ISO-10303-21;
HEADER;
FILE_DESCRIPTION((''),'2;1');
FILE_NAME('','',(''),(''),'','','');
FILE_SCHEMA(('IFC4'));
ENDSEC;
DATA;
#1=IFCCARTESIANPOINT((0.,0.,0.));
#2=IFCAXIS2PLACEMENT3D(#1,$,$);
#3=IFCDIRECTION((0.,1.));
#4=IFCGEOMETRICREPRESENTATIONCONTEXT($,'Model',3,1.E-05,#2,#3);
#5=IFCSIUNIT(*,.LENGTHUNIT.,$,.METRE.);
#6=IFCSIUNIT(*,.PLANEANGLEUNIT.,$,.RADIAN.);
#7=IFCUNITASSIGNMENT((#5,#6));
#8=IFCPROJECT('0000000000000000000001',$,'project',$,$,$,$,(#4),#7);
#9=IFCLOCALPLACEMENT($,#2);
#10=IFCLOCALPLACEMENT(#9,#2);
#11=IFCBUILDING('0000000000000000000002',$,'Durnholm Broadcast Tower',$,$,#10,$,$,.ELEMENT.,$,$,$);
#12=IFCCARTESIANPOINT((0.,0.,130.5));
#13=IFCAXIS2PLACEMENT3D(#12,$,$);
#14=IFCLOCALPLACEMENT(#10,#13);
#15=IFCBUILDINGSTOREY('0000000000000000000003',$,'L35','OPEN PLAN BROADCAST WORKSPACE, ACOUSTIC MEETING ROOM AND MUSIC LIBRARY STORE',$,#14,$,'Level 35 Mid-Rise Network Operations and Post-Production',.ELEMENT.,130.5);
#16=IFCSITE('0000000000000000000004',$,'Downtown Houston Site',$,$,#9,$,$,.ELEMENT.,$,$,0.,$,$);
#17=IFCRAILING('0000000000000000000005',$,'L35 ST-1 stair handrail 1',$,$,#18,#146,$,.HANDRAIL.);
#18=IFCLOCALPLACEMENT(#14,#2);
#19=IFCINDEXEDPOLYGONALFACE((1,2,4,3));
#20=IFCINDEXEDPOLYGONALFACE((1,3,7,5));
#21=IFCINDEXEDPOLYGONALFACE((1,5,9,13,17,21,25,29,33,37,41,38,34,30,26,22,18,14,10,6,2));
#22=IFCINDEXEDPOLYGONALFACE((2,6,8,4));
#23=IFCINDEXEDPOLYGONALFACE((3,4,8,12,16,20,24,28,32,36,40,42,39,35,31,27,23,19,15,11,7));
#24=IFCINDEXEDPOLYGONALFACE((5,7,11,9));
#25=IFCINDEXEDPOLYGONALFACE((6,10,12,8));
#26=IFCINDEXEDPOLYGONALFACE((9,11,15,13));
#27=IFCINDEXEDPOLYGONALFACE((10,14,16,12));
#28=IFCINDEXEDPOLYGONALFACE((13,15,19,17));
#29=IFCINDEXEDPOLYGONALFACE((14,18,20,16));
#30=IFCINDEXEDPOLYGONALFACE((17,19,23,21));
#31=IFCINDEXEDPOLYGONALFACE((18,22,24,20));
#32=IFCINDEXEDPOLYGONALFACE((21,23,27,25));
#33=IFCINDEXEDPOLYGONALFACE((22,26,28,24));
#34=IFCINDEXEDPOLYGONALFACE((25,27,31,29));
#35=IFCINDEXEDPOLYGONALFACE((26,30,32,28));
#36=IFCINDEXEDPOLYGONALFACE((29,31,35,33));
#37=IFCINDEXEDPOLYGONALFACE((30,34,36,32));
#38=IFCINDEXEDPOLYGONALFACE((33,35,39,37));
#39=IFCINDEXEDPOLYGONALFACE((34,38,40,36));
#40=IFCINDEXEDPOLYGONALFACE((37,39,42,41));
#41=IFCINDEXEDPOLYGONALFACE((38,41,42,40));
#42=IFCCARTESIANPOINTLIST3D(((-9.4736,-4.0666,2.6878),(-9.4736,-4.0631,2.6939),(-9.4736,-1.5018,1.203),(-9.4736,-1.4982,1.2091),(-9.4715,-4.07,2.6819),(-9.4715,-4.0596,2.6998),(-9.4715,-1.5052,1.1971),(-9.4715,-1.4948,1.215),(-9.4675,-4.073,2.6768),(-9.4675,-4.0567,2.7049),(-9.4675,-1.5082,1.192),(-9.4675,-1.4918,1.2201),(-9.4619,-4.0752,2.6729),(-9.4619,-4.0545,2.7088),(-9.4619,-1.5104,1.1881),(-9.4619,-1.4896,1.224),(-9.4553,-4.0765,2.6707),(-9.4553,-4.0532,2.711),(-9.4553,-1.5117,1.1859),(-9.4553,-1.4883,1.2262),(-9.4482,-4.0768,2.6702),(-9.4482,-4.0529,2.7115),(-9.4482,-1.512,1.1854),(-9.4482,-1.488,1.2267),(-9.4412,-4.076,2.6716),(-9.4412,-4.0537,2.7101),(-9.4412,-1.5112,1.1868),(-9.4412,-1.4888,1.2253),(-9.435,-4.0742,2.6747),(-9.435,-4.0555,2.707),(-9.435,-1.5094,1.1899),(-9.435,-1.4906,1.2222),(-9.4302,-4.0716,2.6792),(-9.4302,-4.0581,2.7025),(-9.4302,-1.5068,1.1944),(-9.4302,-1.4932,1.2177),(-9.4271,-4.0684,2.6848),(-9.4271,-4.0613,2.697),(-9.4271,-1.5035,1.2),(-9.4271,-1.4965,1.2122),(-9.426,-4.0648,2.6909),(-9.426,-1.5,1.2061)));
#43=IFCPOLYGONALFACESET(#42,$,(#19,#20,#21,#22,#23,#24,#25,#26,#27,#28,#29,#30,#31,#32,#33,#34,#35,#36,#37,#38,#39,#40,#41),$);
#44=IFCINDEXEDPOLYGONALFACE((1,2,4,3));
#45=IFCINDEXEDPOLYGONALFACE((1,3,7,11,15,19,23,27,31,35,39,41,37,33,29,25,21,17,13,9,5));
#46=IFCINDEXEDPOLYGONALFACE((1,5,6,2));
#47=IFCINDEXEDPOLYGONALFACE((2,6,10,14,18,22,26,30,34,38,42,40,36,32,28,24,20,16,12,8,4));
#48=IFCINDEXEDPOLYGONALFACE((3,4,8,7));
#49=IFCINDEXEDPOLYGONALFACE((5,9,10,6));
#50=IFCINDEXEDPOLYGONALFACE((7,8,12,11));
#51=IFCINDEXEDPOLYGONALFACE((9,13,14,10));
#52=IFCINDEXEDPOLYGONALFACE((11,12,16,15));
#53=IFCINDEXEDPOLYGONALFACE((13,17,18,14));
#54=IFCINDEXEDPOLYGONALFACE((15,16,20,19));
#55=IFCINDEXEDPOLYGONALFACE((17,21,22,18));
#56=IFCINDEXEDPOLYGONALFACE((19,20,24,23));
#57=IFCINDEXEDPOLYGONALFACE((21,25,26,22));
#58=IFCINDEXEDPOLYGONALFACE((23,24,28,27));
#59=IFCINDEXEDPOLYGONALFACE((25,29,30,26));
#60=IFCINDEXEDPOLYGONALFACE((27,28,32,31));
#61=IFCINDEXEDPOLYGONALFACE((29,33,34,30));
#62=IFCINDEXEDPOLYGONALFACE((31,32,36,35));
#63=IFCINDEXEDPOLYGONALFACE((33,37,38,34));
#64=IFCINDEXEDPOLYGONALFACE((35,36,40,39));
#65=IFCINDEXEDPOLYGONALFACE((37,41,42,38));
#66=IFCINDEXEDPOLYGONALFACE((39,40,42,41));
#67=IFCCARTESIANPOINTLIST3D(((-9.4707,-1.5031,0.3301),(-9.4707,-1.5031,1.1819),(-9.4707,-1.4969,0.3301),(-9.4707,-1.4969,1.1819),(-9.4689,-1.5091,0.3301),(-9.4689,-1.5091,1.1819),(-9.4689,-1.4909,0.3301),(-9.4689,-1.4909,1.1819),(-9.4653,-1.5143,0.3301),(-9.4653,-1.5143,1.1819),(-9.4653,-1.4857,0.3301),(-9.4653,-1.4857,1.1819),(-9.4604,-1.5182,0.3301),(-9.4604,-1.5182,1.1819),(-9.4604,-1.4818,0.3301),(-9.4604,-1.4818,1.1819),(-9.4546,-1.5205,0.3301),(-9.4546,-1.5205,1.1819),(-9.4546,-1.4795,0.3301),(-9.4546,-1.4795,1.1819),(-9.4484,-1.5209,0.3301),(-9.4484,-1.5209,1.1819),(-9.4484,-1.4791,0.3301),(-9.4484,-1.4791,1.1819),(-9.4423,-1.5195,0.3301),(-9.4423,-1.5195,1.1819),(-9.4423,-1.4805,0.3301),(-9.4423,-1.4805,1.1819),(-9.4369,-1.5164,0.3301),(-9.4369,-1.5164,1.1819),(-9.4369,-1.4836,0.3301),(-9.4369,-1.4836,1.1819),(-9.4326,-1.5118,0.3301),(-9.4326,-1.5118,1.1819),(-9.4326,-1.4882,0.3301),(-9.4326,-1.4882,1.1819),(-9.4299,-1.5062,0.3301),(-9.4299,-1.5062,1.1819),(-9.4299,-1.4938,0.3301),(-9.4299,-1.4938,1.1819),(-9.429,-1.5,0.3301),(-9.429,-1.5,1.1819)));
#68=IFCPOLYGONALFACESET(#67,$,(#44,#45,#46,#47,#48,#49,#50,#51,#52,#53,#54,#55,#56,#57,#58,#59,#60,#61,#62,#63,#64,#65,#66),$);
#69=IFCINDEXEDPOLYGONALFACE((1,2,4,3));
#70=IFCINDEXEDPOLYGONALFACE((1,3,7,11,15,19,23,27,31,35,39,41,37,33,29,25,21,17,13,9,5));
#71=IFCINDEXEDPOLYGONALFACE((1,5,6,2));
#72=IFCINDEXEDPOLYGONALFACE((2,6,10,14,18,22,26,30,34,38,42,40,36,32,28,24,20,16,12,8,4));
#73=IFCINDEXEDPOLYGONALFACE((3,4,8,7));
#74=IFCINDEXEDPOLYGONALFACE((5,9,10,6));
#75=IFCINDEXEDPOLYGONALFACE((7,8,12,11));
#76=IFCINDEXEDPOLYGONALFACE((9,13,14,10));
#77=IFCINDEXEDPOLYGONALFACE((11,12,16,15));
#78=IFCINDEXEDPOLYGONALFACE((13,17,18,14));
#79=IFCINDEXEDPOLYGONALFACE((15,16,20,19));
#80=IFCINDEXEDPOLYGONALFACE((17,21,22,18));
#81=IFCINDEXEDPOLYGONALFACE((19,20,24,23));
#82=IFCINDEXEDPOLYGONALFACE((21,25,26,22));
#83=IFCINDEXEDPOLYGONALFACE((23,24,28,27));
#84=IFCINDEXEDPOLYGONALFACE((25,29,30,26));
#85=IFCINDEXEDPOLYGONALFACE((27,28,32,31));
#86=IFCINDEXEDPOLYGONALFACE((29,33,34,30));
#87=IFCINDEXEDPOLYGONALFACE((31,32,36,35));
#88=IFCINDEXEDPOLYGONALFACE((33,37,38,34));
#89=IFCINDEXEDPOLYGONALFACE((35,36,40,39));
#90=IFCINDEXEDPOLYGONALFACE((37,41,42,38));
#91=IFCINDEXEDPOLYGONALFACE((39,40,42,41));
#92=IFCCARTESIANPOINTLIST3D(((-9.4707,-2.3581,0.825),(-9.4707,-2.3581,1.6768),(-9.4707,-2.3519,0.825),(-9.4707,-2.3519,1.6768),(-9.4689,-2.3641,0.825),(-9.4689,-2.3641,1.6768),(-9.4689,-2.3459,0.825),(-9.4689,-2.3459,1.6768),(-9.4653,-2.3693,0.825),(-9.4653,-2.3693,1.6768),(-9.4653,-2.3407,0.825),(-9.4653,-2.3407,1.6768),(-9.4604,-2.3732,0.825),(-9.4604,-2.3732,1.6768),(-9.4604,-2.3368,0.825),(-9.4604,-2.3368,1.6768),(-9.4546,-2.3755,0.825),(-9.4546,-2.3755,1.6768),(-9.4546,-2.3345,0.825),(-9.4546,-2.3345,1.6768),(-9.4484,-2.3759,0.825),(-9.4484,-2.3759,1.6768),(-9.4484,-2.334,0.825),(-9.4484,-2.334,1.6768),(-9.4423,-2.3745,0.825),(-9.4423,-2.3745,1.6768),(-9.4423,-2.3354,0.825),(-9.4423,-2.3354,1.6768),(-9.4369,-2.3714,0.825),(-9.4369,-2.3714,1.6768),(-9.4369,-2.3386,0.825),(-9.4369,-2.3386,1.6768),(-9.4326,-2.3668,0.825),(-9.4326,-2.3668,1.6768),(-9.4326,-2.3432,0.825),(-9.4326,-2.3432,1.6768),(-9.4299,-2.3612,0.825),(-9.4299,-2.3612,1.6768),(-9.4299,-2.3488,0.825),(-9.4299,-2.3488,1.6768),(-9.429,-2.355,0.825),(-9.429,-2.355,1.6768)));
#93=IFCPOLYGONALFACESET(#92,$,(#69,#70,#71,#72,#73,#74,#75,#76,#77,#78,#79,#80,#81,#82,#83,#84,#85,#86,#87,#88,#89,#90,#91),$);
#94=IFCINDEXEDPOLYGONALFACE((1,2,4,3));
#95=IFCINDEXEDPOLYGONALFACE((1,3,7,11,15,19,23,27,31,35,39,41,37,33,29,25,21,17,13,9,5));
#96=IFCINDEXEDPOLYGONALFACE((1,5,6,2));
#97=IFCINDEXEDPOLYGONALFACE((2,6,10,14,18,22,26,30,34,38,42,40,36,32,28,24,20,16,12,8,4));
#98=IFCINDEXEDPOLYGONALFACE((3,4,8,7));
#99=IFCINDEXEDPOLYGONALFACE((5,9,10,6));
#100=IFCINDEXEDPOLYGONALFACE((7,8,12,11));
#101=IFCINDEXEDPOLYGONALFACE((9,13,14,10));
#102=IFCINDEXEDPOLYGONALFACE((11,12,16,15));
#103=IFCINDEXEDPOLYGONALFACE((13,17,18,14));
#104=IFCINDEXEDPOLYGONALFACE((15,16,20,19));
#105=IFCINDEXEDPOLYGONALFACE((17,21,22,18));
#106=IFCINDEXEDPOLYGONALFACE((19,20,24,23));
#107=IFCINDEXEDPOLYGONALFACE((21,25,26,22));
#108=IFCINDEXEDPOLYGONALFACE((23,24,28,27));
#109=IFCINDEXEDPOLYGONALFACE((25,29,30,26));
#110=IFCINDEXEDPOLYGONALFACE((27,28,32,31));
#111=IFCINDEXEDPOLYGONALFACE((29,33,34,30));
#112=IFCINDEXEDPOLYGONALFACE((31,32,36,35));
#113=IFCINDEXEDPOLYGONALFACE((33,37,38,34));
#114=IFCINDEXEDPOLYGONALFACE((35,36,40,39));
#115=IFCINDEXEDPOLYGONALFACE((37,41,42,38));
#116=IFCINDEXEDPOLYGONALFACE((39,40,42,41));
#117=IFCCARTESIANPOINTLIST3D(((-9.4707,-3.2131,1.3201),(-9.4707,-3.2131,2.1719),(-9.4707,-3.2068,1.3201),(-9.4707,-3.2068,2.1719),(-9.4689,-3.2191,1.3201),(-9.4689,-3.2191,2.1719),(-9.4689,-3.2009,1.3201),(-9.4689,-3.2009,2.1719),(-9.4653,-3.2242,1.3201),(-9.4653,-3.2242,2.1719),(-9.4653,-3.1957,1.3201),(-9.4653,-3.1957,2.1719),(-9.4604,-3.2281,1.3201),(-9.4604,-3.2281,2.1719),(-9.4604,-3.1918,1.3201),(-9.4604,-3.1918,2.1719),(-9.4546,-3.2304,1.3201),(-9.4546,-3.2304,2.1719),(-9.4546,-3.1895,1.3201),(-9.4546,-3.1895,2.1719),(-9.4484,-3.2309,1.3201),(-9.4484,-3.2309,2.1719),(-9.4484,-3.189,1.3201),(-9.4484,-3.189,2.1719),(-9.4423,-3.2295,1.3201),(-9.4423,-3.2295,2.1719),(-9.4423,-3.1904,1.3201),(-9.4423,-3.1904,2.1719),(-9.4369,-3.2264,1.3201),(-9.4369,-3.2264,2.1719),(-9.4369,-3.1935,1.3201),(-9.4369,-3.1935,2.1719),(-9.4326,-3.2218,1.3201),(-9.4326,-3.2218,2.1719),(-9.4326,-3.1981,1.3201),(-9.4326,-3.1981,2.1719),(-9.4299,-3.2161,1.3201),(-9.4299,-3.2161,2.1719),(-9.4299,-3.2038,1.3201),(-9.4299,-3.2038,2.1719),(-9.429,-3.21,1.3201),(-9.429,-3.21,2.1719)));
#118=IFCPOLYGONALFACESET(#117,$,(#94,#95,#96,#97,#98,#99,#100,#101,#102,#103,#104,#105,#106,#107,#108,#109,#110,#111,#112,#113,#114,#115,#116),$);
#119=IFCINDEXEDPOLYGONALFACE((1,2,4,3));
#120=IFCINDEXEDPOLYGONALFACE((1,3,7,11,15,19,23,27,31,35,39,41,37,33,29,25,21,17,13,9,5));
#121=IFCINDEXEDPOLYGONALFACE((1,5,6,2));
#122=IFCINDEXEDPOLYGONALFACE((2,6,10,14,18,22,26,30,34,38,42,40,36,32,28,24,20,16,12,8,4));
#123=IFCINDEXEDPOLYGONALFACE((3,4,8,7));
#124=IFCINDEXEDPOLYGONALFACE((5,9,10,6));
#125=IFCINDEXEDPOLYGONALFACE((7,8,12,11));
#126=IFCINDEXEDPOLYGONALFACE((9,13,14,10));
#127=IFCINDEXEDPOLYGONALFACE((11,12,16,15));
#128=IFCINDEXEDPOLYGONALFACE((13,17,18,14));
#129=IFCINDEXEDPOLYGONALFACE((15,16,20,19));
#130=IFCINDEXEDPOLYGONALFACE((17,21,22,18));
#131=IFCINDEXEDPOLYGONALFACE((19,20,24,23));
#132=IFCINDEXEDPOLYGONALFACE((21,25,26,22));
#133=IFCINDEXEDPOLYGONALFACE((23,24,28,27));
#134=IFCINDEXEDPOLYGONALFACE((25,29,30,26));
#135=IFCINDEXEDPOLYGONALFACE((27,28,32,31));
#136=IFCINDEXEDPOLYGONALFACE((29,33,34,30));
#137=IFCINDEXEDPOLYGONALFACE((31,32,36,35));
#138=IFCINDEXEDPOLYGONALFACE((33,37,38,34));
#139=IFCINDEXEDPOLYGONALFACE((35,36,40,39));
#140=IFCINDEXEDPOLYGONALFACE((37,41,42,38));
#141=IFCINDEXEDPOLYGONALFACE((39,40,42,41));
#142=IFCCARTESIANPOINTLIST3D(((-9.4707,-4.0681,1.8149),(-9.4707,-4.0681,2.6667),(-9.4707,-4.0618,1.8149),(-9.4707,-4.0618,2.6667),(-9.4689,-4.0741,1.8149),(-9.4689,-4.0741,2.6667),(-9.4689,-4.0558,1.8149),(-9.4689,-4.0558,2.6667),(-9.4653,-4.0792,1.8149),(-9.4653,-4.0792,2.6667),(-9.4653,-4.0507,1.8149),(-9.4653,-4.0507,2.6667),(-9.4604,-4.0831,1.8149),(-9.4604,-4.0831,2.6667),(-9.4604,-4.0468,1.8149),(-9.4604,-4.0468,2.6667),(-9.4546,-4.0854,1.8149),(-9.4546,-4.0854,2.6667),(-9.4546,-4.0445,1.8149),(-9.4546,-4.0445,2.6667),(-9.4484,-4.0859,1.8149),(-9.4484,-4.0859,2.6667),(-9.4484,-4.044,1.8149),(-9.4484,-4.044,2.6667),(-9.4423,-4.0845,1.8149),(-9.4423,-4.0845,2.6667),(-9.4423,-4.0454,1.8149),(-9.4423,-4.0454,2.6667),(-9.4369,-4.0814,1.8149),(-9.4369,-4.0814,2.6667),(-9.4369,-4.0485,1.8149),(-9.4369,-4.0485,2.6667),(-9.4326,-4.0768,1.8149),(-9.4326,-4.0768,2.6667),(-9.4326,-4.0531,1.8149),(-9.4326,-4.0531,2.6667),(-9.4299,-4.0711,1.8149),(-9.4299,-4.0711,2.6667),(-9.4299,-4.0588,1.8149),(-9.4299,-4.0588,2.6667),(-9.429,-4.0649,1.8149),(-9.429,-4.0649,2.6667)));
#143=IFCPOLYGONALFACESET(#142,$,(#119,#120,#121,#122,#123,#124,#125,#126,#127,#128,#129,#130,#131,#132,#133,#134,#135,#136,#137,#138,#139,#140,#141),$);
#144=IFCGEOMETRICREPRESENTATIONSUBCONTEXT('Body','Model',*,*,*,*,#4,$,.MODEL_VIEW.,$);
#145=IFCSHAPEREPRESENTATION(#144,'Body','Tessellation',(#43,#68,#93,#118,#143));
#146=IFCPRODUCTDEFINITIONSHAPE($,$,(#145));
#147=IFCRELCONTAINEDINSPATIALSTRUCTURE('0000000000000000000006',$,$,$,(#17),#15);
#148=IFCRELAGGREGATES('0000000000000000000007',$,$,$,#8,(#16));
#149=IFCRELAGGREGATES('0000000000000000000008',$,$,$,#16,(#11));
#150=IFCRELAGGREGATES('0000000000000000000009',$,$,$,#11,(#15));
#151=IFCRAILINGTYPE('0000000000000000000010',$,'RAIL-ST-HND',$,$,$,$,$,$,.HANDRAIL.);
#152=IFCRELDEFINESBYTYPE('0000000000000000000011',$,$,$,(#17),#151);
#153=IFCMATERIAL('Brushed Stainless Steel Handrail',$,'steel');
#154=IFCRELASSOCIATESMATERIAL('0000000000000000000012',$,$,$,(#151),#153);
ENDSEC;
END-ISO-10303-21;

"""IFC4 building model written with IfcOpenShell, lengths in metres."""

from ifc_helpers import new_model, si_unit, direction, frame, origin, origin_2d, place, context, subcontext, project, spatial, circle, extrude, material, type_object, element, save


model = new_model("IFC4")

# Units and contexts
model_context = context("Model", 3, precision=1e-05, world=origin(), true_north=direction((0.0, 1.0)))
body_context = subcontext(model_context, "Body", "Model", "MODEL_VIEW")
ifc_project = project(units=[si_unit("LENGTHUNIT", "METRE"), si_unit("PLANEANGLEUNIT", "RADIAN")], contexts=[model_context])

# Site, building, storey
site_placement = place(None, origin())
site = spatial("IfcSite", under=ifc_project, at=site_placement, Name="Downtown Houston Site", CompositionType="ELEMENT", RefElevation=0.0)
building_placement = place(site_placement, origin())
building = spatial("IfcBuilding", under=site, at=building_placement, Name="Durnholm Broadcast Tower", CompositionType="ELEMENT")
storey_placement = place(building_placement, frame((0.0, 0.0, 130.5)))
storey = spatial("IfcBuildingStorey", under=building, at=storey_placement, Name="L35", Description="OPEN PLAN BROADCAST WORKSPACE, ACOUSTIC MEETING ROOM AND MUSIC LIBRARY STORE", LongName="Level 35 Mid-Rise Network Operations and Post-Production", CompositionType="ELEMENT", Elevation=130.5)

# Railing
ifc_material_1 = material(Name="Brushed Stainless Steel Handrail", Category="steel")
railing_type_1 = type_object("IfcRailingType", Name="RAIL-ST-HND", PredefinedType="HANDRAIL", material=ifc_material_1)
railing_1_placement = place(storey_placement, frame((-9.45, -1.5, 0.3301)))
element("IfcRailing", 1, at=railing_1_placement, inside=storey, type_object=railing_type_1, Name="L35 ST-1 stair handrail 1", PredefinedType="HANDRAIL", context=body_context, shape_type="SweptSolid", body=[
    extrude(circle(Radius=0.0239, at=origin_2d()), frame((0.0, 0.0, 0.876), z_axis=(0.0, -0.865441, 0.50101), x_axis=(1.0, 0.0, 0.0)), (0.0, 0.0, 1.0), 2.9636),
    extrude(circle(Radius=0.021, at=origin_2d()), origin(), (0.0, 0.0, 1.0), 0.8518),
    extrude(circle(Radius=0.021, at=origin_2d()), frame((0.0, -0.855, 0.4949)), (0.0, 0.0, 1.0), 0.8518),
    extrude(circle(Radius=0.021, at=origin_2d()), frame((0.0, -1.71, 0.99)), (0.0, 0.0, 1.0), 0.8518),
    extrude(circle(Radius=0.021, at=origin_2d()), frame((0.0, -2.5649, 1.4849)), (0.0, 0.0, 1.0), 0.8518),
])

save(model, "model.ifc")
